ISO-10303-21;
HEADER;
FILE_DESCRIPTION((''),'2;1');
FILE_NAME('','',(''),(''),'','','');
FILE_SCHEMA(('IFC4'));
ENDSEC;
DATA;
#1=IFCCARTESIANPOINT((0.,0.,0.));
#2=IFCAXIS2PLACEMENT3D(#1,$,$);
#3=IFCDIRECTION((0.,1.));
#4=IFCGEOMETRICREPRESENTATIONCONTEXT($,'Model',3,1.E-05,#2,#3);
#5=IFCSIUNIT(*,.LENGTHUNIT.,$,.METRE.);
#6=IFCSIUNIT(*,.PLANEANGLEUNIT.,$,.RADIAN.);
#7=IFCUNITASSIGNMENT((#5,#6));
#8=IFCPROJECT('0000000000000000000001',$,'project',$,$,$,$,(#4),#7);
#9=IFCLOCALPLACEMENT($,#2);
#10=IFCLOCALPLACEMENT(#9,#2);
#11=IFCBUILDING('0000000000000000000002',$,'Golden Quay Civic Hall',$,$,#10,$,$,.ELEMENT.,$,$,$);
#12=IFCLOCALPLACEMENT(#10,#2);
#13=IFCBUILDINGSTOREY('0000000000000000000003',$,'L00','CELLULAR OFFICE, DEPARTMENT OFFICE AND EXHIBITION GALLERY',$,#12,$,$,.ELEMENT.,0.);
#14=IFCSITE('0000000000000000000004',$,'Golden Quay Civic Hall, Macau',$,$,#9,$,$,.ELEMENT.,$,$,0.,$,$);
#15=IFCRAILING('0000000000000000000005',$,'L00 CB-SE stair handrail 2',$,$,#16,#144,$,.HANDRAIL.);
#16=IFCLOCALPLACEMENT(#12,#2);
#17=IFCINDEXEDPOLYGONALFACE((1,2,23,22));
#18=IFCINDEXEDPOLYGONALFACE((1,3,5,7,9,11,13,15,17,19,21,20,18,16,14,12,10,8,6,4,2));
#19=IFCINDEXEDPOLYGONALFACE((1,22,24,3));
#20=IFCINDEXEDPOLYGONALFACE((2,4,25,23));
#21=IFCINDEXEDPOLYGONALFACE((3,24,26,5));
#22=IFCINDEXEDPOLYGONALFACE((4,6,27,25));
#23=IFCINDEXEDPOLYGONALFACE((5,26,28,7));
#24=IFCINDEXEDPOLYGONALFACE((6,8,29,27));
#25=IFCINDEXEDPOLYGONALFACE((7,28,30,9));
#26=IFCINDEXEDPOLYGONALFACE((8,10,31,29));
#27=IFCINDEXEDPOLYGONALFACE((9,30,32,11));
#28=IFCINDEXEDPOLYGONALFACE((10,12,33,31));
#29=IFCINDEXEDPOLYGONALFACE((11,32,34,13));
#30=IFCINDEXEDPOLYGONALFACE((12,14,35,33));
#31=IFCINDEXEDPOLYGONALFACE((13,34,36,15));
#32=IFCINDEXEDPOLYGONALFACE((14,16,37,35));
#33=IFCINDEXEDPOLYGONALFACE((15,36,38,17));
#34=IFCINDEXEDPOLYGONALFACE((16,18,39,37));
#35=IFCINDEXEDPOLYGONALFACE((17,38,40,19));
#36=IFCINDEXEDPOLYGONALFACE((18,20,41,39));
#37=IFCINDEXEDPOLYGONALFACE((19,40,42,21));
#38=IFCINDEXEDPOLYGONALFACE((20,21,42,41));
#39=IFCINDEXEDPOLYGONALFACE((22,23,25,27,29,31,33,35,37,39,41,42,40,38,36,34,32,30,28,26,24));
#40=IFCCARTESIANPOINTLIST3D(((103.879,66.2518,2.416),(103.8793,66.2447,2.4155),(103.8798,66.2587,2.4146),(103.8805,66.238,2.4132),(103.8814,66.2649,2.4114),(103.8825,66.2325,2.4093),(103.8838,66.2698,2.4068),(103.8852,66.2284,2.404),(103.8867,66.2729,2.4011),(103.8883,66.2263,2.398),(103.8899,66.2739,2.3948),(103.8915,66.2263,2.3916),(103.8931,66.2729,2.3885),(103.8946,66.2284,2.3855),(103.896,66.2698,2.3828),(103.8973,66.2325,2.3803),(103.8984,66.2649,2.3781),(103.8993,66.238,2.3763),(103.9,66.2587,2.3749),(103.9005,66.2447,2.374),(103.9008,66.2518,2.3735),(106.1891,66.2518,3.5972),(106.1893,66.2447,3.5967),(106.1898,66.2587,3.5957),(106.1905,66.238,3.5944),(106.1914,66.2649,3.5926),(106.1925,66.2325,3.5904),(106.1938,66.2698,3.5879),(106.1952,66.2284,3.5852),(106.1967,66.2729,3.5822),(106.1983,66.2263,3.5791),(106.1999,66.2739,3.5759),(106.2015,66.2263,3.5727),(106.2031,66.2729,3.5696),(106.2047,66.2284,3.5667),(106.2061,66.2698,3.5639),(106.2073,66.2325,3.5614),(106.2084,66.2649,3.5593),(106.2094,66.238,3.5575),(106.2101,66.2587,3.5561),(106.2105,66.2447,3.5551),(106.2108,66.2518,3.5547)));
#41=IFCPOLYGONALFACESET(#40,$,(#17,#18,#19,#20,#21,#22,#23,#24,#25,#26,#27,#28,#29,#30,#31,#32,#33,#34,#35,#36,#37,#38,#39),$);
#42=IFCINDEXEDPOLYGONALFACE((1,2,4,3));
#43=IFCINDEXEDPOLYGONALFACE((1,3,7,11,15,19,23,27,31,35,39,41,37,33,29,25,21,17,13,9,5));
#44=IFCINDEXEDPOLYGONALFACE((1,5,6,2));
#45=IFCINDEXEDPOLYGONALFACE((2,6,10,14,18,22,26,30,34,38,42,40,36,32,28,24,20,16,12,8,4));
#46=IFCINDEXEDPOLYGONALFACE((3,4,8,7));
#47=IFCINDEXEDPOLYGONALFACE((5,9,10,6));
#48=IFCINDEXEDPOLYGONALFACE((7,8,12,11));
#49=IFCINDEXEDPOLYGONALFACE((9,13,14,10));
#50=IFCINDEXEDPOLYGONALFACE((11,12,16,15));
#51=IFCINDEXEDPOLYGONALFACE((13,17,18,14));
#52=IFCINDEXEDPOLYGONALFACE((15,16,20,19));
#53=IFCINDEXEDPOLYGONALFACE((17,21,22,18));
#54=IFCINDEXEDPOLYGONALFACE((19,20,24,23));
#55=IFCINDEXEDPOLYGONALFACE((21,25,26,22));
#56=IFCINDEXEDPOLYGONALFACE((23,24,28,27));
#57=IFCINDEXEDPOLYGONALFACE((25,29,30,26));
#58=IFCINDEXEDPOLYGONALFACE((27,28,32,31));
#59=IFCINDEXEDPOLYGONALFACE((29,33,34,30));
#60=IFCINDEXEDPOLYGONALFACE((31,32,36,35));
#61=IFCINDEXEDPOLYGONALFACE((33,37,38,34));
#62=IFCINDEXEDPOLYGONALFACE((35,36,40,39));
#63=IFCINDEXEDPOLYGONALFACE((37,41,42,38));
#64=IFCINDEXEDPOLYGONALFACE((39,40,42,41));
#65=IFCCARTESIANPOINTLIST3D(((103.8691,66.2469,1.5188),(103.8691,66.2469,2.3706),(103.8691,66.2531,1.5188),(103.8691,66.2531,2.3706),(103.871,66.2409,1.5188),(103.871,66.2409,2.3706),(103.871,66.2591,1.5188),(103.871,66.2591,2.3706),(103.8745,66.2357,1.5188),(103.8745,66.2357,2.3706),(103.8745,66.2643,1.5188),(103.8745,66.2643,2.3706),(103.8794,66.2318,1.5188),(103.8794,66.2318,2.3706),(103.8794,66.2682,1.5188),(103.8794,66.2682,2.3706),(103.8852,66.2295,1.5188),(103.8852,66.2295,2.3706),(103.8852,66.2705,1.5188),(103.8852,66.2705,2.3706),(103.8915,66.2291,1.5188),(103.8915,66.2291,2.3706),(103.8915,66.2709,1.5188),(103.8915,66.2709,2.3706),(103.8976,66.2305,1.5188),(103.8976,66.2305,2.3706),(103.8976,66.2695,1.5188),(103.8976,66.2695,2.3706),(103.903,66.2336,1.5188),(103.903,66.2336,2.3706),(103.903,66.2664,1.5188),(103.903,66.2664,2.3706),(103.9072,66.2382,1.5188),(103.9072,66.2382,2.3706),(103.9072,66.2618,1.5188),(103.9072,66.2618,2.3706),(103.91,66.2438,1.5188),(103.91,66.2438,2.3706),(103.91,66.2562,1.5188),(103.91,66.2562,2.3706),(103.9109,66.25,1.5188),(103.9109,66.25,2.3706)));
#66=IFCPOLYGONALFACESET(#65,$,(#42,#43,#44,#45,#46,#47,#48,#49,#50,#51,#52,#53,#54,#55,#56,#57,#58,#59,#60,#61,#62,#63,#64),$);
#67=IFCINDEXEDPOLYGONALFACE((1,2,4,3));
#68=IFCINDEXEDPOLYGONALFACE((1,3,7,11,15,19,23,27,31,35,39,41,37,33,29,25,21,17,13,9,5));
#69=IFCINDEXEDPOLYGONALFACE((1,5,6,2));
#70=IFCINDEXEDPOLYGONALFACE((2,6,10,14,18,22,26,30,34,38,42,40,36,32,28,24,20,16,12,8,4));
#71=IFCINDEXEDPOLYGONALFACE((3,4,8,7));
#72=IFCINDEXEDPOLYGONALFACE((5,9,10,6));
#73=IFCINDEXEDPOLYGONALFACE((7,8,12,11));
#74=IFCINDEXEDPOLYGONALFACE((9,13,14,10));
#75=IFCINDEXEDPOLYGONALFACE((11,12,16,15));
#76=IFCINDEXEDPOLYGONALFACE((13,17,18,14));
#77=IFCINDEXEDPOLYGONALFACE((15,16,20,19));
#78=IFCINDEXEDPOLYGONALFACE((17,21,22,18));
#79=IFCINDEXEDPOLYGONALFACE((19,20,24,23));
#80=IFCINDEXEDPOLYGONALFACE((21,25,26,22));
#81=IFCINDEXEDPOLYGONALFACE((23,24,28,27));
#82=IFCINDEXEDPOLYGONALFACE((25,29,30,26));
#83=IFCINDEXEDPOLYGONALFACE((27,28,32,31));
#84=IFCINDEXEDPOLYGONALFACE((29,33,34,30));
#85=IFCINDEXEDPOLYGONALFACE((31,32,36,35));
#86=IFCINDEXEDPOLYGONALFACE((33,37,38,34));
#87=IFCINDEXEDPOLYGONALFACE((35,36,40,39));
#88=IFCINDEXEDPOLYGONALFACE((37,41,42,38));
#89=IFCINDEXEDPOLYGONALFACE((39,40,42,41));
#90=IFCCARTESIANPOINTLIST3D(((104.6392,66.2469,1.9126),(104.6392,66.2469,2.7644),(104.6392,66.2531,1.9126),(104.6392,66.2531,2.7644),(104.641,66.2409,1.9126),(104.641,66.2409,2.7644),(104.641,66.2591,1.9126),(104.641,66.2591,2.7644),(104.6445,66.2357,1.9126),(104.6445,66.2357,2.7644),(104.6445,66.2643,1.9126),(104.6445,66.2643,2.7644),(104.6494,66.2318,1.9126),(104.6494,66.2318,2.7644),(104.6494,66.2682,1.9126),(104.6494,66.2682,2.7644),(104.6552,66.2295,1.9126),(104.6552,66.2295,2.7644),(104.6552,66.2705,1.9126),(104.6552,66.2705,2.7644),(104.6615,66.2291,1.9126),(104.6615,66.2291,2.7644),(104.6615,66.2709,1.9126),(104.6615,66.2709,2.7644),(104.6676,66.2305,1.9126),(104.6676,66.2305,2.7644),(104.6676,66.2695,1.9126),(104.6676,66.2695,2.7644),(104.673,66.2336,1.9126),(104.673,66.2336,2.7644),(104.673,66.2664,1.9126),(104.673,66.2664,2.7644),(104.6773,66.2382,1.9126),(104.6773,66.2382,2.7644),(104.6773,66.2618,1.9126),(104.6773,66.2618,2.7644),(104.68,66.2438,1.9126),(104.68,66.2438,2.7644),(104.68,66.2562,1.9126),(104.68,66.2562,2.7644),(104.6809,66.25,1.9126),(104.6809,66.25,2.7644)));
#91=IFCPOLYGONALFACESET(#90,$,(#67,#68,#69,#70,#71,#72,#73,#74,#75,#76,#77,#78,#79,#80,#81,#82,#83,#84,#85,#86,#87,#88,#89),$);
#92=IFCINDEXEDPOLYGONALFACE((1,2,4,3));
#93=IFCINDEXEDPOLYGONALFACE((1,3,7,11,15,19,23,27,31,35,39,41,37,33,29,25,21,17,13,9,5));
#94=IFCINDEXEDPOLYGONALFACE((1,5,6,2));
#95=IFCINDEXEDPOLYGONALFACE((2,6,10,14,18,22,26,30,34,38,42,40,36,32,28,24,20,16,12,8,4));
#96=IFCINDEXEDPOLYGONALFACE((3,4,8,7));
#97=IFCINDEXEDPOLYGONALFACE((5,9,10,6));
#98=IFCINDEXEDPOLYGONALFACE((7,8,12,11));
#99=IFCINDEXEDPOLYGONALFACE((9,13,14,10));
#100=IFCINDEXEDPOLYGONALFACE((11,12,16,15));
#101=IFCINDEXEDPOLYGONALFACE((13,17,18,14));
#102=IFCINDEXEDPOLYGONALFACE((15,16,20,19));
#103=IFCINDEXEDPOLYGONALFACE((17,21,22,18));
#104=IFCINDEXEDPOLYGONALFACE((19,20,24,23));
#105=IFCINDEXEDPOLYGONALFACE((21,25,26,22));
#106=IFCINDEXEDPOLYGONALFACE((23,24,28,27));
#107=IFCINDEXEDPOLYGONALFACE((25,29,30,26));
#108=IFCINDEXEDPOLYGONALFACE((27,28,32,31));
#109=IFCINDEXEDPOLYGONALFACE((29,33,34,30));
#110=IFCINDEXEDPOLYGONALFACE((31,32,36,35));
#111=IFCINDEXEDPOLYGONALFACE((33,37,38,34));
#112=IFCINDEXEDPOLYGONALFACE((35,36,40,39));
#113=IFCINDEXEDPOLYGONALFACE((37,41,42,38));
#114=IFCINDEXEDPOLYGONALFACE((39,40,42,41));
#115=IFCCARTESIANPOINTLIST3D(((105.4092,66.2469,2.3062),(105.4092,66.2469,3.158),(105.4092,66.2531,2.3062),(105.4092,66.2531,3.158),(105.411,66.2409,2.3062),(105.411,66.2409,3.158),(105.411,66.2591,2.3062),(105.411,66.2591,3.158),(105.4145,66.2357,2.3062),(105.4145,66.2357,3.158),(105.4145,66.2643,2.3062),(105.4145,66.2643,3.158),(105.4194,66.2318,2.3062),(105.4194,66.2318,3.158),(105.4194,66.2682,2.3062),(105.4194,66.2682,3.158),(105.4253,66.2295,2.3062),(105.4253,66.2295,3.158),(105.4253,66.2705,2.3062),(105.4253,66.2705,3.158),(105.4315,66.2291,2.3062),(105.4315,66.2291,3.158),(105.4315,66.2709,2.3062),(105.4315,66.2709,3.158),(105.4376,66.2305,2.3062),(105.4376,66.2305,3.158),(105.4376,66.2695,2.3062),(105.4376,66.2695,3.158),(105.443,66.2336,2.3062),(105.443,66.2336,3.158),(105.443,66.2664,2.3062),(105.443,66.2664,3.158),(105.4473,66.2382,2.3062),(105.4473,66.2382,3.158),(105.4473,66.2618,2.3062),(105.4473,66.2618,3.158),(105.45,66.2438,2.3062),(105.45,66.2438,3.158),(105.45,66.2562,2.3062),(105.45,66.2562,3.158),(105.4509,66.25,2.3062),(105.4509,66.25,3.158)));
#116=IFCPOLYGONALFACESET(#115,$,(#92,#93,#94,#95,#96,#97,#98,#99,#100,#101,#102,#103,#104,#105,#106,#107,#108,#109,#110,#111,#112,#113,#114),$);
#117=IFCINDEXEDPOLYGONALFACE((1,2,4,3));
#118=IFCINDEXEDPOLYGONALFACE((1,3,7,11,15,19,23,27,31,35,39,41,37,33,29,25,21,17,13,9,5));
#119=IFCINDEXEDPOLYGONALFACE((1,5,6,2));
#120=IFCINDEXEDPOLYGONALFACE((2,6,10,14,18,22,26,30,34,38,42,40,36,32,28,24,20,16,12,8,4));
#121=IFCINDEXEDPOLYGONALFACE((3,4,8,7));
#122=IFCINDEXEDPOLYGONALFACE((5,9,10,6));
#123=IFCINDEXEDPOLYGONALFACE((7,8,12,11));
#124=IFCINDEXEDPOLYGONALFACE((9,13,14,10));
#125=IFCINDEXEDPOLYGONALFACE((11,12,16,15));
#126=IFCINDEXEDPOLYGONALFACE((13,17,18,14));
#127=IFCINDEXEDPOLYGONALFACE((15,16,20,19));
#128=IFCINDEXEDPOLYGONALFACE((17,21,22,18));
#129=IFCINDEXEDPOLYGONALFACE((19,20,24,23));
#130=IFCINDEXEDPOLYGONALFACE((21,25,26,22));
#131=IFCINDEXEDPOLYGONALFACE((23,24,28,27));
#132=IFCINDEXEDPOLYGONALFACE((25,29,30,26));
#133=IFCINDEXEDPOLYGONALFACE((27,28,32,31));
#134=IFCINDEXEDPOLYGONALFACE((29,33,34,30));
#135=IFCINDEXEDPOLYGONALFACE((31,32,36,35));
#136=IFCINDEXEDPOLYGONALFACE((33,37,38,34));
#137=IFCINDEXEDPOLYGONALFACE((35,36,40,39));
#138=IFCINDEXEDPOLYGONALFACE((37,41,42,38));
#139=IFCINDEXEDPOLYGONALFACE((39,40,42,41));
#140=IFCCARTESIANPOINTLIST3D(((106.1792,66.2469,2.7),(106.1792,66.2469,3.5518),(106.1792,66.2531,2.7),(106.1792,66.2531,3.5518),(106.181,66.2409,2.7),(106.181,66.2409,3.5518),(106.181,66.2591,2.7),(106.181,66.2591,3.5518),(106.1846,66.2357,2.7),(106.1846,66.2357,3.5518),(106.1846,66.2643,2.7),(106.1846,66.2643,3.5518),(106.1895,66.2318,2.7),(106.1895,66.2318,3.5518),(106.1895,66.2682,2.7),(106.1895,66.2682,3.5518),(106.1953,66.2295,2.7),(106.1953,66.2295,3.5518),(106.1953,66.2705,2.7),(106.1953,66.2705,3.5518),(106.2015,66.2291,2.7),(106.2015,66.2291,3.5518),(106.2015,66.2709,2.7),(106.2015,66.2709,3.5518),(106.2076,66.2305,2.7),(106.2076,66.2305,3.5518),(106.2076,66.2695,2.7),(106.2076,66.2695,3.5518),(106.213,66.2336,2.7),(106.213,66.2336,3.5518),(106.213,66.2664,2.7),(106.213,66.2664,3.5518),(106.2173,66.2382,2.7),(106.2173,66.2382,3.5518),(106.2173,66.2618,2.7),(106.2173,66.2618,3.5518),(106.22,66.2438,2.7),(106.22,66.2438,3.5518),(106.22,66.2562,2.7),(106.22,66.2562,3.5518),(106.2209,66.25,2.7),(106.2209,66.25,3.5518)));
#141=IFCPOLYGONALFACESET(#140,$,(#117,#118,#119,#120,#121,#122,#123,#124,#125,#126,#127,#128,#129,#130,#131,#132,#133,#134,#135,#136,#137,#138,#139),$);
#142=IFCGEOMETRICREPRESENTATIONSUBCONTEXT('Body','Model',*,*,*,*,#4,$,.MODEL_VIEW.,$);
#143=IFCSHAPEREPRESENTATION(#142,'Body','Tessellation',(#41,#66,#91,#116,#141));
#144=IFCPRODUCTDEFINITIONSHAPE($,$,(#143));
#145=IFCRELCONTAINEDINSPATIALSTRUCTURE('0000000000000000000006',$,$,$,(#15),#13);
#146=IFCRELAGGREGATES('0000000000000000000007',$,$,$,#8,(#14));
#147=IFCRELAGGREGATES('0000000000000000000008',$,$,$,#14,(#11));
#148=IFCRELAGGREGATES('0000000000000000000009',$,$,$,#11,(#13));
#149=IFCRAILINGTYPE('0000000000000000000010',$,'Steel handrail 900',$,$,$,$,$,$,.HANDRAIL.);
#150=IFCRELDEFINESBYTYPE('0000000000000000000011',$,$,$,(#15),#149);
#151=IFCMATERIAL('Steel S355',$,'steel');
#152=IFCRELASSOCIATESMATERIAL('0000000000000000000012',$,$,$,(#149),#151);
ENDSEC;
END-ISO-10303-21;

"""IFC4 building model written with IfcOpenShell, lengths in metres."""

from ifc_helpers import new_model, si_unit, direction, frame, origin, origin_2d, place, context, subcontext, project, spatial, circle, extrude, material, type_object, element, save


model = new_model("IFC4")

# Units and contexts
model_context = context("Model", 3, precision=1e-05, world=origin(), true_north=direction((0.0, 1.0)))
body_context = subcontext(model_context, "Body", "Model", "MODEL_VIEW")
ifc_project = project(units=[si_unit("LENGTHUNIT", "METRE"), si_unit("PLANEANGLEUNIT", "RADIAN")], contexts=[model_context])

# Site, building, storey
site_placement = place(None, origin())
site = spatial("IfcSite", under=ifc_project, at=site_placement, Name="Golden Quay Civic Hall, Macau", CompositionType="ELEMENT", RefElevation=0.0)
building_placement = place(site_placement, origin())
building = spatial("IfcBuilding", under=site, at=building_placement, Name="Golden Quay Civic Hall", CompositionType="ELEMENT")
storey_placement = place(building_placement, origin())
storey = spatial("IfcBuildingStorey", under=building, at=storey_placement, Name="L00", Description="CELLULAR OFFICE, DEPARTMENT OFFICE AND EXHIBITION GALLERY", CompositionType="ELEMENT", Elevation=0.0)

# Railing
ifc_material_1 = material(Name="Steel S355", Category="steel")
railing_type = type_object("IfcRailingType", Name="Steel handrail 900", PredefinedType="HANDRAIL", material=ifc_material_1)
for number, where, name in (
    (1, (103.8899, 66.25, 1.5188), "L00 CB-SE stair handrail 2"),
):
    element("IfcRailing", number, at=place(storey_placement, frame(where)), inside=storey, type_object=railing_type, Name=name, PredefinedType="HANDRAIL", context=body_context, shape_type="SweptSolid", body=[
        extrude(circle(Radius=0.0239, at=origin_2d()), frame((0.0, 0.0, 0.876), z_axis=(0.890363, 0.0, 0.45525), x_axis=(0.0, 1.0, 0.0)), (0.0, 0.0, 1.0), 2.5945),
        extrude(circle(Radius=0.021, at=origin_2d()), origin(), (0.0, 0.0, 1.0), 0.8518),
        extrude(circle(Radius=0.021, at=origin_2d()), frame((0.77, 0.0, 0.3938)), (0.0, 0.0, 1.0), 0.8518),
        extrude(circle(Radius=0.021, at=origin_2d()), frame((1.54, 0.0, 0.7874)), (0.0, 0.0, 1.0), 0.8518),
        extrude(circle(Radius=0.021, at=origin_2d()), frame((2.3101, 0.0, 1.1812)), (0.0, 0.0, 1.0), 0.8518),
    ])

save(model, "model.ifc")
